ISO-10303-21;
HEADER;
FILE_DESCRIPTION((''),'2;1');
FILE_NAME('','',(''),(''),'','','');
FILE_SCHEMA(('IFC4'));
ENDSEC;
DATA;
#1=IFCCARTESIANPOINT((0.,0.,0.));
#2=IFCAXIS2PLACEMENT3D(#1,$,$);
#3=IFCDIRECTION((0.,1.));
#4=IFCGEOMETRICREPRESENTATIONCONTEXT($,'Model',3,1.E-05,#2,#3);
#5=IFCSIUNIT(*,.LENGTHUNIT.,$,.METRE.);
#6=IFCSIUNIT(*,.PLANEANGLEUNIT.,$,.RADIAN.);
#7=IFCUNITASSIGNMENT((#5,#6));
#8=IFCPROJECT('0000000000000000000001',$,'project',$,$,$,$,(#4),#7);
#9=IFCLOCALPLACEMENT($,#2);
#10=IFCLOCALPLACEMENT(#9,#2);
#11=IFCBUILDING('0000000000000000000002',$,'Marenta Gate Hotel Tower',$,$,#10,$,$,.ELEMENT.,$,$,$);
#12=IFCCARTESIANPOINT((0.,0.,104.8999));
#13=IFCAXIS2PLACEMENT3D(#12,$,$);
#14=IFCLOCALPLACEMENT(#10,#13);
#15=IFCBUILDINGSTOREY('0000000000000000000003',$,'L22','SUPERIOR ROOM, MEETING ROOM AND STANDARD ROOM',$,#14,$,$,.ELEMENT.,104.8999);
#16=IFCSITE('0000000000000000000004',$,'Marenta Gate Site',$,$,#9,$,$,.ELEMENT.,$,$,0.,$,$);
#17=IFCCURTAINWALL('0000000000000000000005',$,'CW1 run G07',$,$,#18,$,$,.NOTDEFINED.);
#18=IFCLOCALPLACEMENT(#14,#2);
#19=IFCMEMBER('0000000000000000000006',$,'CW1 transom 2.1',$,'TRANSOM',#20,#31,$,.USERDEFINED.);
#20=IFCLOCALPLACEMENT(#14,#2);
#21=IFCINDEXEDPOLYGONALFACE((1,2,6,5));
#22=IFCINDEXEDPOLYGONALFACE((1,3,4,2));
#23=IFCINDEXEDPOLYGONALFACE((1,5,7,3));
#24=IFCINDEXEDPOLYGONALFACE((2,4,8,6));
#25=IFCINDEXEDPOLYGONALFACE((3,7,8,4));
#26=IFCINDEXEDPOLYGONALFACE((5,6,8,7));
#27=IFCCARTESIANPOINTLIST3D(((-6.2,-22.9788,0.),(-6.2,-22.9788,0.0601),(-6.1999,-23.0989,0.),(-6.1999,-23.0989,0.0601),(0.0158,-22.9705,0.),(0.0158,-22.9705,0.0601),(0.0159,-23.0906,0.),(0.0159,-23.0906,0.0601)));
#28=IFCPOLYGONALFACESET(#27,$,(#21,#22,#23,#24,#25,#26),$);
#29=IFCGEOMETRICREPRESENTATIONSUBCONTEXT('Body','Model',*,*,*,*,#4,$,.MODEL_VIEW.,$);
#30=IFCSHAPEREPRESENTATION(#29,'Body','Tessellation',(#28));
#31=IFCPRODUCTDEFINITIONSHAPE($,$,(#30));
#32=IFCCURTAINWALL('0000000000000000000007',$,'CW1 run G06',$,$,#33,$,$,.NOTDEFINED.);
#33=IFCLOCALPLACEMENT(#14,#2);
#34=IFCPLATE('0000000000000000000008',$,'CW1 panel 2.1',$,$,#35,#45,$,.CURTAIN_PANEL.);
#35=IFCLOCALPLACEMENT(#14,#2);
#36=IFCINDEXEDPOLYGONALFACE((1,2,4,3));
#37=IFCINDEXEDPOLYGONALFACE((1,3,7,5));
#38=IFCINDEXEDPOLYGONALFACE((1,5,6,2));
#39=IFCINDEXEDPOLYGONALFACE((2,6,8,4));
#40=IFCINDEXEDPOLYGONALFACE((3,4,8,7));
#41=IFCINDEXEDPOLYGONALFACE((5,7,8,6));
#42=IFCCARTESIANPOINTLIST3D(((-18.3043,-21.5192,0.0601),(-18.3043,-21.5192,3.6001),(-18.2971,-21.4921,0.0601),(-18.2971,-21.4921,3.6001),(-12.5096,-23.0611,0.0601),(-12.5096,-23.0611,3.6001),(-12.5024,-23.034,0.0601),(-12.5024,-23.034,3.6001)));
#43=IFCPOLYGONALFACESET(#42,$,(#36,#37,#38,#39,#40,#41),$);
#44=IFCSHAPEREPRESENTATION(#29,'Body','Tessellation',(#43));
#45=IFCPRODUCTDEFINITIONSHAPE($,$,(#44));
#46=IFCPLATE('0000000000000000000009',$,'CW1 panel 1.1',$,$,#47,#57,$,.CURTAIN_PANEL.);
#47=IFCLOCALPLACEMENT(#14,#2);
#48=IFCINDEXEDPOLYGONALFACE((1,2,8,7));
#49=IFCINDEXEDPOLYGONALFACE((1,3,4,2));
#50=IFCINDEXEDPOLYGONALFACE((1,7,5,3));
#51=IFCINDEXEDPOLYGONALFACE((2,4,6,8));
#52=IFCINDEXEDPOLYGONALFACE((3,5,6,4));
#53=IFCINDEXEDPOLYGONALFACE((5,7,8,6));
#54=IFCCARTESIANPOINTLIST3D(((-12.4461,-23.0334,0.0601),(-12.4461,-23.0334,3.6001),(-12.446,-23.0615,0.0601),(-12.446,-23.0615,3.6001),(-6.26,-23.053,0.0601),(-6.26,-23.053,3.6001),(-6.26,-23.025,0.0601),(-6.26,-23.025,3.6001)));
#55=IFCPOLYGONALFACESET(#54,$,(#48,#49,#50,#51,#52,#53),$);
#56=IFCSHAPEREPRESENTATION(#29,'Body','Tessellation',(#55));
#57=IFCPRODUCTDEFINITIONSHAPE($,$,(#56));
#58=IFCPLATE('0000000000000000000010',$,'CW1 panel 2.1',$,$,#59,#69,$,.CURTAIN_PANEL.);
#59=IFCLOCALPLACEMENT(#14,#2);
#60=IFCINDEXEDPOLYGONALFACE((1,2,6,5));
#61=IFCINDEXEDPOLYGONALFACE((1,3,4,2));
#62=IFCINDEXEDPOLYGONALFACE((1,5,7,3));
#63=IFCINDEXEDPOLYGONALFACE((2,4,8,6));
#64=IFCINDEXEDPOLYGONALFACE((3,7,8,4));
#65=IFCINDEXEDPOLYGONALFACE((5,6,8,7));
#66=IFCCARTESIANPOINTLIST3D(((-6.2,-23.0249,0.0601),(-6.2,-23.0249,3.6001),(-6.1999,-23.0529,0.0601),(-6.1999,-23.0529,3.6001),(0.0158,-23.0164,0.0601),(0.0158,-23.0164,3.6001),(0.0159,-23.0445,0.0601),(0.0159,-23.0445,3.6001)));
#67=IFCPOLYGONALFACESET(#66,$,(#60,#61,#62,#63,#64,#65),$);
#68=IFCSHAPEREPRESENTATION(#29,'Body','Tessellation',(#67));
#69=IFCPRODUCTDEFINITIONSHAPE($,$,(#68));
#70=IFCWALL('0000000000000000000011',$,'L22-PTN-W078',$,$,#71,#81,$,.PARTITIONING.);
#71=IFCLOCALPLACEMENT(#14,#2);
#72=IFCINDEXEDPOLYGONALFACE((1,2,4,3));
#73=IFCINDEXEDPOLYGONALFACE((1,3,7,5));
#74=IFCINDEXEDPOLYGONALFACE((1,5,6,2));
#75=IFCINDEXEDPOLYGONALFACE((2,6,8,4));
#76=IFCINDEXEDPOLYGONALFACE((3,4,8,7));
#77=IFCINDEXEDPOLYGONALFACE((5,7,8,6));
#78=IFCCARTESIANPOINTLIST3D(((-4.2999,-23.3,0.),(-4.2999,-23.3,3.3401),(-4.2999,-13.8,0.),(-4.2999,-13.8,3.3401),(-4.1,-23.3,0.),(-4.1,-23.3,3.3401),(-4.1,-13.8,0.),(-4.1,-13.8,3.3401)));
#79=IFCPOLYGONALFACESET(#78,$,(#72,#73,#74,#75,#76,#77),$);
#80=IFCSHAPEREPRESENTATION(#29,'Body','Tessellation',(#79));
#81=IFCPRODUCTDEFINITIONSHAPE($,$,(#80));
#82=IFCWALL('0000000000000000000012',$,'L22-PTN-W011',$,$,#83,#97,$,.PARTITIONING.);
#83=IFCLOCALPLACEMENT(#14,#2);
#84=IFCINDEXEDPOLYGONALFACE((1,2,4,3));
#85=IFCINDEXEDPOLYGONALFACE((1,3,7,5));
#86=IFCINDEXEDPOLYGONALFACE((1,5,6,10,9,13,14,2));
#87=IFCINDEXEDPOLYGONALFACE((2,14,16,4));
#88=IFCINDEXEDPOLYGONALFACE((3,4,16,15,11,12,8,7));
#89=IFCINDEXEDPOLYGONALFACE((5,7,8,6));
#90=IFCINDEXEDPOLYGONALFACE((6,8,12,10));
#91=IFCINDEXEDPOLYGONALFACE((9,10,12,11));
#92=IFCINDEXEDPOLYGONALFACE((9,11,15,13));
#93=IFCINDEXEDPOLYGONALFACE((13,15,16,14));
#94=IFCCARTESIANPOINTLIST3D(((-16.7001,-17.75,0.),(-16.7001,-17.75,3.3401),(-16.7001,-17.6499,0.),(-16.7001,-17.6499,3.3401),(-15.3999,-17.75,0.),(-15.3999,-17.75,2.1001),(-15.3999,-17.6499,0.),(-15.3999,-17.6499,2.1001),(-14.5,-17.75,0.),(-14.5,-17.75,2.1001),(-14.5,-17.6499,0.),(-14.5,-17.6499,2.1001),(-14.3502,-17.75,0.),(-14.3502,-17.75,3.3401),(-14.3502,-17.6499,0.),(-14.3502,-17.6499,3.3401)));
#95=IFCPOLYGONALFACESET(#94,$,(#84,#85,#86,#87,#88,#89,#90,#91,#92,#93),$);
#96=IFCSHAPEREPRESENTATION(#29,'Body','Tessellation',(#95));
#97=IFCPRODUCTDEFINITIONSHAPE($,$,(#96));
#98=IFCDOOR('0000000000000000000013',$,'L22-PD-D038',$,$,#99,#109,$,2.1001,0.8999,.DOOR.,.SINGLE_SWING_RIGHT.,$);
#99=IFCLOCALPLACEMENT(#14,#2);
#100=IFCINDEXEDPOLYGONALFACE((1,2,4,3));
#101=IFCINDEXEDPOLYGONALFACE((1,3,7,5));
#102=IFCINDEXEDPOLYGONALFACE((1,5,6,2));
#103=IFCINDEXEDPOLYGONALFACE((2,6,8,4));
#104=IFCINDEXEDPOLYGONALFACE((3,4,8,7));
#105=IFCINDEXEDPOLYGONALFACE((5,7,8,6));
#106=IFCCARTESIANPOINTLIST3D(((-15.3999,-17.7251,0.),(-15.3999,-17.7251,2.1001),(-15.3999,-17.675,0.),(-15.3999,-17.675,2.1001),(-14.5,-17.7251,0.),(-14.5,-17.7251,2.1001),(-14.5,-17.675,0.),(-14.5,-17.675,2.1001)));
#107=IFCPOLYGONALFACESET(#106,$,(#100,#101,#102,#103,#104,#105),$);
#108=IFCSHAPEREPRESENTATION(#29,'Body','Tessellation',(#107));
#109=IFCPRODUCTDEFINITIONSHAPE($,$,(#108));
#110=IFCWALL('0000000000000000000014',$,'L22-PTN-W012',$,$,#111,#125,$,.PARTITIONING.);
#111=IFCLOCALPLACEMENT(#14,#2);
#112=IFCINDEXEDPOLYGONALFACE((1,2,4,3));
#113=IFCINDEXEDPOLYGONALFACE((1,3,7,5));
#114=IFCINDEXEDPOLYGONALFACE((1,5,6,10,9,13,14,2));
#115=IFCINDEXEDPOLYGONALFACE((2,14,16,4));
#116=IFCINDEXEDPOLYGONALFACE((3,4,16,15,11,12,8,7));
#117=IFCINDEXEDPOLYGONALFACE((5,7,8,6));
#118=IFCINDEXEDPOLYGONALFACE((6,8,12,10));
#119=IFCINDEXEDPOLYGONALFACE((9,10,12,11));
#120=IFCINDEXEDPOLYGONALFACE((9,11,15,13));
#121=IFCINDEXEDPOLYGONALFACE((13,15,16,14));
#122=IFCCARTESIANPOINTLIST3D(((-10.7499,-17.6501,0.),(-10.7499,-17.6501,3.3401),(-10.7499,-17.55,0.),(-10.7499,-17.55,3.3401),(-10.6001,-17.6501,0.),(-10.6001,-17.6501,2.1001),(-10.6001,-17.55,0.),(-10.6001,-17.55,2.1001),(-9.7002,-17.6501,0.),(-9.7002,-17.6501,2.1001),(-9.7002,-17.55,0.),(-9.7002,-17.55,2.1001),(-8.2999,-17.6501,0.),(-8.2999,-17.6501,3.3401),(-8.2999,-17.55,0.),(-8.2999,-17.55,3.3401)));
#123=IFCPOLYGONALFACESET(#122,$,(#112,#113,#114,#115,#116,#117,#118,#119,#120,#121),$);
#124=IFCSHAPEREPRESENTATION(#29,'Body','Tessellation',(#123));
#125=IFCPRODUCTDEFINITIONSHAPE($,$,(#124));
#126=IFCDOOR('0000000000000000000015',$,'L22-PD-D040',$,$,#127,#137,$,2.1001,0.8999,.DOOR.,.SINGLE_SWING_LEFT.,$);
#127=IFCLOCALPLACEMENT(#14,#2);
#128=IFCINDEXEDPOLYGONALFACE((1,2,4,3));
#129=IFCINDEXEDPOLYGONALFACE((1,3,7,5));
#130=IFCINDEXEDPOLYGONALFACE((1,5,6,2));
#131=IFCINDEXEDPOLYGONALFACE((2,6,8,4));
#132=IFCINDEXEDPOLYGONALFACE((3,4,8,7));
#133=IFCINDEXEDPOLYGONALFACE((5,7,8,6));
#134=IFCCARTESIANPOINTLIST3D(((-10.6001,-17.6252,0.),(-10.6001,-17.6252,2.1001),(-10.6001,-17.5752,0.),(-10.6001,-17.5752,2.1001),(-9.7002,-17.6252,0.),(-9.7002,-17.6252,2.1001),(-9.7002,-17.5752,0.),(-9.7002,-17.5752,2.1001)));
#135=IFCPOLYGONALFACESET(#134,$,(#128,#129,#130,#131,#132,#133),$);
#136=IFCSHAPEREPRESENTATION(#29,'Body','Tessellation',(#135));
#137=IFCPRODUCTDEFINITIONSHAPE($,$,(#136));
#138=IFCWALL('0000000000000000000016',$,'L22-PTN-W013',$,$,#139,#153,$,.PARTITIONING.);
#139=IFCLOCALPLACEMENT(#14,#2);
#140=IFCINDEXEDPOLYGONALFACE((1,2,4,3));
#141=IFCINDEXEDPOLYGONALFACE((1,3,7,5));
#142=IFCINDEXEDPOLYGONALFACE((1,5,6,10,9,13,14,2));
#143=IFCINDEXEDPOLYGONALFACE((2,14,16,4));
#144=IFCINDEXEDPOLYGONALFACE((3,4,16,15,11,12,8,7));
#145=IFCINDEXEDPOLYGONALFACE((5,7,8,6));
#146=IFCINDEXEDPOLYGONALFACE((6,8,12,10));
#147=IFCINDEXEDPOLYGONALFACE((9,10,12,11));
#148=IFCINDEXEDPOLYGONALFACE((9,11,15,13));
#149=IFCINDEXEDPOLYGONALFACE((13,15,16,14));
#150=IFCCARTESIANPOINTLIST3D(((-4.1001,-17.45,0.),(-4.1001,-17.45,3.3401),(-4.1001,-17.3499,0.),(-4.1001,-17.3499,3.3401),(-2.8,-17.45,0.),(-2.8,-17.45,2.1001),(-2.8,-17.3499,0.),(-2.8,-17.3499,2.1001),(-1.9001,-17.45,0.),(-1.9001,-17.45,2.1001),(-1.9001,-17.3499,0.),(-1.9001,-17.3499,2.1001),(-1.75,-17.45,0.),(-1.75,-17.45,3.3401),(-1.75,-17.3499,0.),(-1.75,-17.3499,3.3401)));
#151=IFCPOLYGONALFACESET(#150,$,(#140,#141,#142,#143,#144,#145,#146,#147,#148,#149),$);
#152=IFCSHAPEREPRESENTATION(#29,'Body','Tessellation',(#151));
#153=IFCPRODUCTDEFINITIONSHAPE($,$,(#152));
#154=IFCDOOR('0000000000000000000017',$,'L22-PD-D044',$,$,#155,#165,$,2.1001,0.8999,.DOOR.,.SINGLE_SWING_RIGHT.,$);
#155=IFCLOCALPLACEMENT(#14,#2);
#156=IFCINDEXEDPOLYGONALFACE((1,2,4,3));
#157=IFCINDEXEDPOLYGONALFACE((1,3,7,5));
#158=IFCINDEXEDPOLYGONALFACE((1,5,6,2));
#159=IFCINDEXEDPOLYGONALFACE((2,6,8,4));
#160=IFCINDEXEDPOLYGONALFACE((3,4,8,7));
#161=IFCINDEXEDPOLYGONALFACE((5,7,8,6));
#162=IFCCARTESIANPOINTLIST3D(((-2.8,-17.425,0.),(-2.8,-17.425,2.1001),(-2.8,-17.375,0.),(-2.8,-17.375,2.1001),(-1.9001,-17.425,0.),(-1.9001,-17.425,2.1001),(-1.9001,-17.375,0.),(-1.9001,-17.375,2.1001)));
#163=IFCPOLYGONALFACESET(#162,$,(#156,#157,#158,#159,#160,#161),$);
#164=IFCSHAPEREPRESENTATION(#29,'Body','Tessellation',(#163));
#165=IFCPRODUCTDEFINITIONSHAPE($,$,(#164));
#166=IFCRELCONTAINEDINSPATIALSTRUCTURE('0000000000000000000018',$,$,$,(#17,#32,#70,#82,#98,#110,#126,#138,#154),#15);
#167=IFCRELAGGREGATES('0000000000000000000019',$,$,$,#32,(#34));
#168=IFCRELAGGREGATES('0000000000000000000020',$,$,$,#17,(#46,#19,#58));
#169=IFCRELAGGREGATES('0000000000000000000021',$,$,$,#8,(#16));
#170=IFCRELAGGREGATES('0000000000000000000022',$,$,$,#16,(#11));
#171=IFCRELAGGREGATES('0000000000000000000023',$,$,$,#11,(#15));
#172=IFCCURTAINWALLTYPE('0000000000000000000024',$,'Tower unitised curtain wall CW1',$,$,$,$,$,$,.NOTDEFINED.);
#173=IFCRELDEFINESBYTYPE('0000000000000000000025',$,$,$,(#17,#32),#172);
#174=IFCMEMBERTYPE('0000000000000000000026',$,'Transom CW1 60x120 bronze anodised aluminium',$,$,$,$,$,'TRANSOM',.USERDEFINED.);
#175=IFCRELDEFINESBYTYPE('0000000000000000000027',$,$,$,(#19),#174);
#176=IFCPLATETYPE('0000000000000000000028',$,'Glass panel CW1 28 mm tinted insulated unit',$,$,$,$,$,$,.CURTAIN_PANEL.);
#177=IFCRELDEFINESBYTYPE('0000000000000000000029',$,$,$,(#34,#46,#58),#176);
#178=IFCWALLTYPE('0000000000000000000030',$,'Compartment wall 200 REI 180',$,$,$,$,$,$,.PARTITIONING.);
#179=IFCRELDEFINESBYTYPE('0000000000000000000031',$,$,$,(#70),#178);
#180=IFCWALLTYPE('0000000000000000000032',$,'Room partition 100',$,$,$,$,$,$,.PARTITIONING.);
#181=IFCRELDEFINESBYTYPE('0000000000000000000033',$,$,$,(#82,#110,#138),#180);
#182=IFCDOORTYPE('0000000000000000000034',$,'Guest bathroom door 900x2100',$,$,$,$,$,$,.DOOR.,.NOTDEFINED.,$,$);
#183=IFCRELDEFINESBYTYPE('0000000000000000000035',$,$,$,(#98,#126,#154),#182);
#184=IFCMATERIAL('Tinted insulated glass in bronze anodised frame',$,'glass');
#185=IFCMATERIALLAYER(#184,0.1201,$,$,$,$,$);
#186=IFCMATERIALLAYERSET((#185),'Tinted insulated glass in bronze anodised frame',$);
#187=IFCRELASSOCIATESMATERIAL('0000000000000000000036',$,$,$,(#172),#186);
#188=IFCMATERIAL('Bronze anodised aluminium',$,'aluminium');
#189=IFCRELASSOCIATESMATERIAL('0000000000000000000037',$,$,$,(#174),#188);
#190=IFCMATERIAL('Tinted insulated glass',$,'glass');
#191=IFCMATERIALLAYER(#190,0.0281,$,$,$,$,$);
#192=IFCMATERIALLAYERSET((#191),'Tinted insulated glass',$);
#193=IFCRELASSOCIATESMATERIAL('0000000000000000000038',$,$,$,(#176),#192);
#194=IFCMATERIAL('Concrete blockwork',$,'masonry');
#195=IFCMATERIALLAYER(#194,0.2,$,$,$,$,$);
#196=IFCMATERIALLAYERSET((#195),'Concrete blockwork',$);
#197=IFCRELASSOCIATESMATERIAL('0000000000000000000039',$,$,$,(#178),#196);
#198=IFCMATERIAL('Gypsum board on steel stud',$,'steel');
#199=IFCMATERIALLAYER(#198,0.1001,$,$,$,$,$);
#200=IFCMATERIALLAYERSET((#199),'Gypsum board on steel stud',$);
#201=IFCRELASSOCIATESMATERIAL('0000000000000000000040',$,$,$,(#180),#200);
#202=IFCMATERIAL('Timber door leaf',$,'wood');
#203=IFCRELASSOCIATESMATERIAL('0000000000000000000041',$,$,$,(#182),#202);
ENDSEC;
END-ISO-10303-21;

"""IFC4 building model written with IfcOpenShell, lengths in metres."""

from ifc_helpers import new_model, si_unit, direction, frame, frame_2d, origin, origin_2d, place, context, subcontext, project, spatial, rectangle, extrude, material, layer, layer_set, material_profile, profile_set, type_object, element, fill, aggregate, save


model = new_model("IFC4")

# Units and contexts
model_context = context("Model", 3, precision=1e-05, world=origin(), true_north=direction((0.0, 1.0)))
body_context = subcontext(model_context, "Body", "Model", "MODEL_VIEW")
ifc_project = project(units=[si_unit("LENGTHUNIT", "METRE"), si_unit("PLANEANGLEUNIT", "RADIAN")], contexts=[model_context])

# Site, building, storey
site_placement = place(None, origin())
site = spatial("IfcSite", under=ifc_project, at=site_placement, Name="Marenta Gate Site", CompositionType="ELEMENT", RefElevation=0.0)
building_placement = place(site_placement, origin())
building = spatial("IfcBuilding", under=site, at=building_placement, Name="Marenta Gate Hotel Tower", CompositionType="ELEMENT")
storey_placement = place(building_placement, frame((0.0, 0.0, 104.8999)))
storey = spatial("IfcBuildingStorey", under=building, at=storey_placement, Name="L22", Description="SUPERIOR ROOM, MEETING ROOM AND STANDARD ROOM", CompositionType="ELEMENT", Elevation=104.8999)

# Curtain wall, member
ifc_material_1 = material(Name="Tinted insulated glass in bronze anodised frame", Category="glass")
ifc_layer_1 = layer(ifc_material_1, 0.1201)
ifc_layer_set_1 = layer_set([ifc_layer_1], Name="Tinted insulated glass in bronze anodised frame")
curtain_wall_type = type_object("IfcCurtainWallType", Name="Tower unitised curtain wall CW1", PredefinedType="NOTDEFINED", material=ifc_layer_set_1)
curtain_wall_1_placement = place(storey_placement, origin())
curtain_wall_1 = element("IfcCurtainWall", 1, at=curtain_wall_1_placement, inside=storey, type_object=curtain_wall_type, Name="CW1 run G07", PredefinedType="NOTDEFINED")
ifc_material_2 = material(Name="Bronze anodised aluminium", Category="aluminium")
ifc_material_profile_1 = material_profile(ifc_material_2, rectangle(XDim=0.1201, YDim=0.0601, at=origin_2d()), Name="Transom CW1 60x120 bronze anodised aluminium")
ifc_profile_set_1 = profile_set([ifc_material_profile_1], Name="Bronze anodised aluminium")
member_type_1 = type_object("IfcMemberType", Name="Transom CW1 60x120 bronze anodised aluminium", ElementType="TRANSOM", PredefinedType="USERDEFINED", material=ifc_profile_set_1)
member_1_placement = place(storey_placement, frame((-6.2, -23.0388, 0.03), z_axis=(0.999999, 0.001335, 0.0), x_axis=(-0.001335, 0.999999, 0.0)))
member_1 = element("IfcMember", 2, at=member_1_placement, type_object=member_type_1, Name="CW1 transom 2.1", ObjectType="TRANSOM", PredefinedType="USERDEFINED", context=body_context, shape_type="SweptSolid", body=[
    extrude(rectangle(XDim=0.1201, YDim=0.0601, at=origin_2d()), origin(), (0.0, 0.0, 1.0), 6.2158),
])

# Curtain wall, plate
curtain_wall_2_placement = place(storey_placement, origin())
curtain_wall_2 = element("IfcCurtainWall", 3, at=curtain_wall_2_placement, inside=storey, type_object=curtain_wall_type, Name="CW1 run G06", PredefinedType="NOTDEFINED")
ifc_material_3 = material(Name="Tinted insulated glass", Category="glass")
ifc_layer_2 = layer(ifc_material_3, 0.0281)
ifc_layer_set_2 = layer_set([ifc_layer_2], Name="Tinted insulated glass")
plate_type = type_object("IfcPlateType", Name="Glass panel CW1 28 mm tinted insulated unit", PredefinedType="CURTAIN_PANEL", material=ifc_layer_set_2)
plate_1_placement = place(storey_placement, frame((-15.4033, -22.2766, 0.0601), z_axis=(0.0, 0.0, 1.0), x_axis=(0.966373, -0.257144, 0.0)))
plate_1 = element("IfcPlate", 4, at=plate_1_placement, type_object=plate_type, Name="CW1 panel 2.1", PredefinedType="CURTAIN_PANEL", context=body_context, shape_type="SweptSolid", body=[
    extrude(rectangle(XDim=5.9963, YDim=0.0281, at=origin_2d()), origin(), (0.0, 0.0, 1.0), 3.54),
])
aggregate(curtain_wall_2, [plate_1])

# Plates
plate_2_placement = place(storey_placement, frame((-9.353, -23.0432, 0.0601), z_axis=(0.0, 0.0, 1.0), x_axis=(0.999999, 0.001362, 0.0)))
plate_2 = element("IfcPlate", 5, at=plate_2_placement, type_object=plate_type, Name="CW1 panel 1.1", PredefinedType="CURTAIN_PANEL", context=body_context, shape_type="SweptSolid", body=[
    extrude(rectangle(XDim=6.186, YDim=0.0281, at=origin_2d()), origin(), (0.0, 0.0, 1.0), 3.54),
])
plate_3_placement = place(storey_placement, frame((-3.092, -23.0347, 0.0601), z_axis=(0.0, 0.0, 1.0), x_axis=(0.999999, 0.001362, 0.0)))
plate_3 = element("IfcPlate", 6, at=plate_3_placement, type_object=plate_type, Name="CW1 panel 2.1", PredefinedType="CURTAIN_PANEL", context=body_context, shape_type="SweptSolid", body=[
    extrude(rectangle(XDim=6.2158, YDim=0.0281, at=origin_2d()), origin(), (0.0, 0.0, 1.0), 3.54),
])
aggregate(curtain_wall_1, [plate_2, member_1, plate_3])

# Wall
ifc_material_4 = material(Name="Concrete blockwork", Category="masonry")
ifc_layer_3 = layer(ifc_material_4, 0.2)
ifc_layer_set_3 = layer_set([ifc_layer_3], Name="Concrete blockwork")
wall_type_1 = type_object("IfcWallType", Name="Compartment wall 200 REI 180", PredefinedType="PARTITIONING", material=ifc_layer_set_3)
wall_1_placement = place(storey_placement, frame((-4.2, -23.3, 0.0), z_axis=(0.0, 0.0, 1.0), x_axis=(0.0, 1.0, 0.0)))
element("IfcWall", 7, at=wall_1_placement, inside=storey, type_object=wall_type_1, Name="L22-PTN-W078", PredefinedType="PARTITIONING", context=body_context, shape_type="SweptSolid", body=[
    extrude(rectangle(XDim=9.5, YDim=0.2, at=frame_2d((4.75, 0.0))), origin(), (0.0, 0.0, 1.0), 3.3401),
])

# Walls, openings, doors
ifc_material_5 = material(Name="Gypsum board on steel stud", Category="steel")
ifc_layer_4 = layer(ifc_material_5, 0.1001)
ifc_layer_set_4 = layer_set([ifc_layer_4], Name="Gypsum board on steel stud")
wall_type_2 = type_object("IfcWallType", Name="Room partition 100", PredefinedType="PARTITIONING", material=ifc_layer_set_4)
wall_2_placement = place(storey_placement, frame((-16.7, -17.7, 0.0), z_axis=(0.0, 0.0, 1.0), x_axis=(1.0, 0.0, 0.0)))
wall_2 = element("IfcWall", 8, at=wall_2_placement, inside=storey, type_object=wall_type_2, Name="L22-PTN-W011", PredefinedType="PARTITIONING", context=body_context, shape_type="SweptSolid", body=[
    extrude(rectangle(XDim=2.3499, YDim=0.1001, at=frame_2d((1.1748, 0.0))), origin(), (0.0, 0.0, 1.0), 3.3401),
])
opening_1_placement = place(wall_2_placement, frame((1.3, 0.0, 0.0)))
opening_1 = element("IfcOpeningElement", 9, at=opening_1_placement, cuts=wall_2, PredefinedType="OPENING", context=body_context, shape_type="SweptSolid", body=[
    extrude(rectangle(XDim=0.8999, YDim=2.1001, at=frame_2d((0.45, 1.05))), frame((0.0, 0.05, 0.0), z_axis=(0.0, -1.0, 0.0), x_axis=(1.0, 0.0, 0.0)), (0.0, 0.0, 1.0), 0.1001),
])
ifc_material_6 = material(Name="Timber door leaf", Category="wood")
door_type = type_object("IfcDoorType", Name="Guest bathroom door 900x2100", OperationType="NOTDEFINED", PredefinedType="DOOR", material=ifc_material_6)
door_1_placement = place(opening_1_placement, origin())
door_1 = element("IfcDoor", 10, at=door_1_placement, inside=storey, type_object=door_type, Name="L22-PD-D038", OperationType="SINGLE_SWING_RIGHT", OverallHeight=2.1001, OverallWidth=0.8999, PredefinedType="DOOR", context=body_context, shape_type="SweptSolid", body=[
    extrude(rectangle(XDim=0.8999, YDim=2.1001, at=frame_2d((0.45, 1.05))), frame((0.0, 0.0249, 0.0), z_axis=(0.0, -1.0, 0.0), x_axis=(1.0, 0.0, 0.0)), (0.0, 0.0, 1.0), 0.05),
])
fill(opening_1, door_1)
wall_3_placement = place(storey_placement, frame((-10.75, -17.6001, 0.0), z_axis=(0.0, 0.0, 1.0), x_axis=(1.0, 0.0, 0.0)))
wall_3 = element("IfcWall", 11, at=wall_3_placement, inside=storey, type_object=wall_type_2, Name="L22-PTN-W012", PredefinedType="PARTITIONING", context=body_context, shape_type="SweptSolid", body=[
    extrude(rectangle(XDim=2.45, YDim=0.1001, at=frame_2d((1.2251, 0.0))), origin(), (0.0, 0.0, 1.0), 3.3401),
])
opening_2_placement = place(wall_3_placement, frame((0.1499, 0.0, 0.0)))
opening_2 = element("IfcOpeningElement", 12, at=opening_2_placement, cuts=wall_3, PredefinedType="OPENING", context=body_context, shape_type="SweptSolid", body=[
    extrude(rectangle(XDim=0.8999, YDim=2.1001, at=frame_2d((0.45, 1.05))), frame((0.0, 0.05, 0.0), z_axis=(0.0, -1.0, 0.0), x_axis=(1.0, 0.0, 0.0)), (0.0, 0.0, 1.0), 0.1001),
])
door_2_placement = place(opening_2_placement, origin())
door_2 = element("IfcDoor", 13, at=door_2_placement, inside=storey, type_object=door_type, Name="L22-PD-D040", OperationType="SINGLE_SWING_LEFT", OverallHeight=2.1001, OverallWidth=0.8999, PredefinedType="DOOR", context=body_context, shape_type="SweptSolid", body=[
    extrude(rectangle(XDim=0.8999, YDim=2.1001, at=frame_2d((0.45, 1.05))), frame((0.0, 0.0249, 0.0), z_axis=(0.0, -1.0, 0.0), x_axis=(1.0, 0.0, 0.0)), (0.0, 0.0, 1.0), 0.05),
])
fill(opening_2, door_2)
wall_4_placement = place(storey_placement, frame((-4.1001, -17.3999, 0.0), z_axis=(0.0, 0.0, 1.0), x_axis=(1.0, 0.0, 0.0)))
wall_4 = element("IfcWall", 14, at=wall_4_placement, inside=storey, type_object=wall_type_2, Name="L22-PTN-W013", PredefinedType="PARTITIONING", context=body_context, shape_type="SweptSolid", body=[
    extrude(rectangle(XDim=2.3501, YDim=0.1001, at=frame_2d((1.175, 0.0))), origin(), (0.0, 0.0, 1.0), 3.3401),
])
opening_3_placement = place(wall_4_placement, frame((1.3, 0.0, 0.0)))
opening_3 = element("IfcOpeningElement", 15, at=opening_3_placement, cuts=wall_4, PredefinedType="OPENING", context=body_context, shape_type="SweptSolid", body=[
    extrude(rectangle(XDim=0.8999, YDim=2.1001, at=frame_2d((0.45, 1.05))), frame((0.0, 0.05, 0.0), z_axis=(0.0, -1.0, 0.0), x_axis=(1.0, 0.0, 0.0)), (0.0, 0.0, 1.0), 0.1001),
])
door_3_placement = place(opening_3_placement, origin())
door_3 = element("IfcDoor", 16, at=door_3_placement, inside=storey, type_object=door_type, Name="L22-PD-D044", OperationType="SINGLE_SWING_RIGHT", OverallHeight=2.1001, OverallWidth=0.8999, PredefinedType="DOOR", context=body_context, shape_type="SweptSolid", body=[
    extrude(rectangle(XDim=0.8999, YDim=2.1001, at=frame_2d((0.45, 1.05))), frame((0.0, 0.0249, 0.0), z_axis=(0.0, -1.0, 0.0), x_axis=(1.0, 0.0, 0.0)), (0.0, 0.0, 1.0), 0.05),
])
fill(opening_3, door_3)

save(model, "model.ifc")
